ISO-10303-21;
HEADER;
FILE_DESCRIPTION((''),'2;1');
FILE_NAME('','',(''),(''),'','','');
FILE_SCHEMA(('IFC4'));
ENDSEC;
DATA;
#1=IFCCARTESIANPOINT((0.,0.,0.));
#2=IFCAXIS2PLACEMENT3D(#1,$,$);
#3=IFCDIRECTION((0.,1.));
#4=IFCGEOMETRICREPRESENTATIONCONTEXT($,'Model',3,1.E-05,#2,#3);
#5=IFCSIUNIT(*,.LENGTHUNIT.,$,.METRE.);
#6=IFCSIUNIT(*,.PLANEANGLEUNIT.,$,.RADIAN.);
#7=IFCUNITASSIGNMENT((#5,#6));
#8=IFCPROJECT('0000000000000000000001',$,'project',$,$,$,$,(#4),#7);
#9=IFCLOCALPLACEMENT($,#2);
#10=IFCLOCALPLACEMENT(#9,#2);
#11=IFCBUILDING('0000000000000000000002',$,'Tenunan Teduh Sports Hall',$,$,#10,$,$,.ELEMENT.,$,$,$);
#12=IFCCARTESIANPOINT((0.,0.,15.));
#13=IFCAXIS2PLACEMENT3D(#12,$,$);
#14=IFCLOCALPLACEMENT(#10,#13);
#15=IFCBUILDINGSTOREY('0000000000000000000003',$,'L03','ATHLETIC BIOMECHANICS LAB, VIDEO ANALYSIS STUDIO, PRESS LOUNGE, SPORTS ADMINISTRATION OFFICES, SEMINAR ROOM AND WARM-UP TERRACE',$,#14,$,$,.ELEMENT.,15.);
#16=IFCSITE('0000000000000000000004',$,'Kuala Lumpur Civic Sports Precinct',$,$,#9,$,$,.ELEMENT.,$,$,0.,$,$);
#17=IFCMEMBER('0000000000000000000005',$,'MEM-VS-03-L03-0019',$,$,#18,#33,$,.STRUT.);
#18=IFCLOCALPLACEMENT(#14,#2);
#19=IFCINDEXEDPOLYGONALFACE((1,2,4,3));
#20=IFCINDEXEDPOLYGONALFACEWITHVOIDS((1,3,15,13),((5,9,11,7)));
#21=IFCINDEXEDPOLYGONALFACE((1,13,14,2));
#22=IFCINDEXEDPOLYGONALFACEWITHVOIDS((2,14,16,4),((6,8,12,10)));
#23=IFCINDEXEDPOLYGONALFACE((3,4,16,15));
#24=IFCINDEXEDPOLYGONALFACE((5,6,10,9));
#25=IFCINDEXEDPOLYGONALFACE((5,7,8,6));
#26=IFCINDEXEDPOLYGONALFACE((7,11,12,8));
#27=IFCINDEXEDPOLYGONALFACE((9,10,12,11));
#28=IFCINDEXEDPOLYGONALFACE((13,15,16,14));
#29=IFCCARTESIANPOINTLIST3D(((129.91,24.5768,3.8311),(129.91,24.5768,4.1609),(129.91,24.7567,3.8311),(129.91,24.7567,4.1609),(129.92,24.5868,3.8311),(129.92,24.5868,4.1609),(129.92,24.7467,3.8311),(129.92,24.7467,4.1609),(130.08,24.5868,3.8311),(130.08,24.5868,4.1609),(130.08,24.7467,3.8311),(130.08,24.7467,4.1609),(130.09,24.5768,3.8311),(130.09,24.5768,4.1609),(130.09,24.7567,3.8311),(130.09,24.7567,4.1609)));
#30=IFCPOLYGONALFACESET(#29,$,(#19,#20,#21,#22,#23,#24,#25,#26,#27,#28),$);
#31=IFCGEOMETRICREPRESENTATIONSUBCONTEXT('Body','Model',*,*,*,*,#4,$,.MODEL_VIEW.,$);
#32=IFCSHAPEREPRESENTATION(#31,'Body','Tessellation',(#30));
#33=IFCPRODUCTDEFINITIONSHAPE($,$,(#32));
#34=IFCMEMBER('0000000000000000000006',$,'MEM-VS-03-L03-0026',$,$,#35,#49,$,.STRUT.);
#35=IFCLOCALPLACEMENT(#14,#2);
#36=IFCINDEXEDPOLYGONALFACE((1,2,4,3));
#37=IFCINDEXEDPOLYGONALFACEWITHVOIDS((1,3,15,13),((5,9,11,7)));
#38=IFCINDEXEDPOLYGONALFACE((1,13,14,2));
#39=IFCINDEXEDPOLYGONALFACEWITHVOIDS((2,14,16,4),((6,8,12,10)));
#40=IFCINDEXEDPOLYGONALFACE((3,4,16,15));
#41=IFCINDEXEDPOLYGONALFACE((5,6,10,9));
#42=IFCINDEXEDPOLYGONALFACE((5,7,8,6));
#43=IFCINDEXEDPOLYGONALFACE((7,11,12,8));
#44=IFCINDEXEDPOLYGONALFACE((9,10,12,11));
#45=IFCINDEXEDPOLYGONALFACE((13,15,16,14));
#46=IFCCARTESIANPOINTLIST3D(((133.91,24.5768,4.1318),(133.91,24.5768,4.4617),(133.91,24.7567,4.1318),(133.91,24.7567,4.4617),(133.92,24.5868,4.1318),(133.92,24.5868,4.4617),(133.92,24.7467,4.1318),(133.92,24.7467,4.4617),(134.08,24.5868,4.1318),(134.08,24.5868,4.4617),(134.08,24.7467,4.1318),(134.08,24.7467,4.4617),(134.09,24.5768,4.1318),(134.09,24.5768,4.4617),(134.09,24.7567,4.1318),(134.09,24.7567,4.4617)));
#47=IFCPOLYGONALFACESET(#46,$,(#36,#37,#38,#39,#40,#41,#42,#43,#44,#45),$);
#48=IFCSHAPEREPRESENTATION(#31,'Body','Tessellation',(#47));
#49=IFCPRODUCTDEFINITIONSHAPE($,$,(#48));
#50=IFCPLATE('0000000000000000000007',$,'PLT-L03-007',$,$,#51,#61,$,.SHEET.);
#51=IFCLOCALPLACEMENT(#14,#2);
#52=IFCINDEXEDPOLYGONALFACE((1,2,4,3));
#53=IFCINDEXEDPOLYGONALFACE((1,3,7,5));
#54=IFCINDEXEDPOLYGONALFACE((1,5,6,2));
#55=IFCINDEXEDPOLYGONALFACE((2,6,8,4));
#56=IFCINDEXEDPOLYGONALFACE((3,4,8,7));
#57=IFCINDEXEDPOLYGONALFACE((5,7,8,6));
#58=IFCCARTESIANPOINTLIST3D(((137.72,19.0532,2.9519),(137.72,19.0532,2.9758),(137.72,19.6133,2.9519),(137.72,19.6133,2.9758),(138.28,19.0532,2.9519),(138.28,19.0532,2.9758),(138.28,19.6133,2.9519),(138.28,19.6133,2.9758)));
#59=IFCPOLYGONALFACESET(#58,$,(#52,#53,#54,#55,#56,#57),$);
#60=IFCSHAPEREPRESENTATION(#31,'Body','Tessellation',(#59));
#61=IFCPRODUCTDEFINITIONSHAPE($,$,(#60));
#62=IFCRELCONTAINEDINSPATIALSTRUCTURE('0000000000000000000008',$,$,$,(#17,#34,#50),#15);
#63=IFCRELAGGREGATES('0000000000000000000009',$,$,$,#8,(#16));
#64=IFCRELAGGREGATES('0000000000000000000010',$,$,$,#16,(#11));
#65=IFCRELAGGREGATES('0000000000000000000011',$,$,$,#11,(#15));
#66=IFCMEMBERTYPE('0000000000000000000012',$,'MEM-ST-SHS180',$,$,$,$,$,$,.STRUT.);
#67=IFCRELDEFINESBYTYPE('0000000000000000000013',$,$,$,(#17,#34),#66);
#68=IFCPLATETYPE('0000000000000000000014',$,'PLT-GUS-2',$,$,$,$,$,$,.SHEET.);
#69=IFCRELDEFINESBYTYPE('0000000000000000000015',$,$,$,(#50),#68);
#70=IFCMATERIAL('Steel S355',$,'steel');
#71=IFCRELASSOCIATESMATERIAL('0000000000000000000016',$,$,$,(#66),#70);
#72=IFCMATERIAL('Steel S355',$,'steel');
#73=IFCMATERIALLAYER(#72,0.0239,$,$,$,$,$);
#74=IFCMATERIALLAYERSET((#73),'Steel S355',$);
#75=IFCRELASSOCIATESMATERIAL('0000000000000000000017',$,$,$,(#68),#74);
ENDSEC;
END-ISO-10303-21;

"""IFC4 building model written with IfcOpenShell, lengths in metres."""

from ifc_helpers import new_model, si_unit, direction, frame, origin, origin_2d, place, context, subcontext, project, spatial, rectangle, hollow_rectangle, extrude, material, layer, layer_set, material_profile, profile_set, type_object, element, save


model = new_model("IFC4")

# Units and contexts
model_context = context("Model", 3, precision=1e-05, world=origin(), true_north=direction((0.0, 1.0)))
body_context = subcontext(model_context, "Body", "Model", "MODEL_VIEW")
ifc_project = project(units=[si_unit("LENGTHUNIT", "METRE"), si_unit("PLANEANGLEUNIT", "RADIAN")], contexts=[model_context])

# Site, building, storey
site_placement = place(None, origin())
site = spatial("IfcSite", under=ifc_project, at=site_placement, Name="Kuala Lumpur Civic Sports Precinct", CompositionType="ELEMENT", RefElevation=0.0)
building_placement = place(site_placement, origin())
building = spatial("IfcBuilding", under=site, at=building_placement, Name="Tenunan Teduh Sports Hall", CompositionType="ELEMENT")
storey_placement = place(building_placement, frame((0.0, 0.0, 15.0)))
storey = spatial("IfcBuildingStorey", under=building, at=storey_placement, Name="L03", Description="ATHLETIC BIOMECHANICS LAB, VIDEO ANALYSIS STUDIO, PRESS LOUNGE, SPORTS ADMINISTRATION OFFICES, SEMINAR ROOM AND WARM-UP TERRACE", CompositionType="ELEMENT", Elevation=15.0)

# Members
ifc_material_1 = material(Name="Steel S355", Category="steel")
ifc_material_profile_1 = material_profile(ifc_material_1, hollow_rectangle(XDim=0.1799, YDim=0.1799, WallThickness=0.01, at=origin_2d()), Name="SHS 180x180x10.0")
ifc_profile_set_1 = profile_set([ifc_material_profile_1], Name="Steel S355")
member_type_1 = type_object("IfcMemberType", Name="MEM-ST-SHS180", PredefinedType="STRUT", material=ifc_profile_set_1)
for number, where, z_axis, x_axis, name in (
    (1, (130.0, 24.6667, 3.8311), (0.0, 0.0, 1.0), (1.0, 0.0, 0.0), "MEM-VS-03-L03-0019"),
    (2, (134.0, 24.6667, 4.1318), (0.0, 0.0, 1.0), (1.0, 0.0, 0.0), "MEM-VS-03-L03-0026"),
):
    element("IfcMember", number, at=place(storey_placement, frame(where, z_axis=z_axis, x_axis=x_axis)), inside=storey, type_object=member_type_1, Name=name, PredefinedType="STRUT", context=body_context, shape_type="SweptSolid", body=[
        extrude(hollow_rectangle(XDim=0.1799, YDim=0.1799, WallThickness=0.01, at=origin_2d()), origin(), (0.0, 0.0, 1.0), 0.3298),
    ])

# Plate
ifc_material_2 = material(Name="Steel S355", Category="steel")
ifc_layer = layer(ifc_material_2, 0.0239)
ifc_layer_set = layer_set([ifc_layer], Name="Steel S355")
plate_type = type_object("IfcPlateType", Name="PLT-GUS-2", PredefinedType="SHEET", material=ifc_layer_set)
plate_placement = place(storey_placement, frame((138.0, 19.3333, 2.9519), z_axis=(0.0, 0.0, 1.0), x_axis=(1.0, 0.0, 0.0)))
element("IfcPlate", 3, at=plate_placement, inside=storey, type_object=plate_type, Name="PLT-L03-007", PredefinedType="SHEET", context=body_context, shape_type="SweptSolid", body=[
    extrude(rectangle(XDim=0.5601, YDim=0.5601, at=origin_2d()), origin(), (0.0, 0.0, 1.0), 0.0239),
])

save(model, "model.ifc")
